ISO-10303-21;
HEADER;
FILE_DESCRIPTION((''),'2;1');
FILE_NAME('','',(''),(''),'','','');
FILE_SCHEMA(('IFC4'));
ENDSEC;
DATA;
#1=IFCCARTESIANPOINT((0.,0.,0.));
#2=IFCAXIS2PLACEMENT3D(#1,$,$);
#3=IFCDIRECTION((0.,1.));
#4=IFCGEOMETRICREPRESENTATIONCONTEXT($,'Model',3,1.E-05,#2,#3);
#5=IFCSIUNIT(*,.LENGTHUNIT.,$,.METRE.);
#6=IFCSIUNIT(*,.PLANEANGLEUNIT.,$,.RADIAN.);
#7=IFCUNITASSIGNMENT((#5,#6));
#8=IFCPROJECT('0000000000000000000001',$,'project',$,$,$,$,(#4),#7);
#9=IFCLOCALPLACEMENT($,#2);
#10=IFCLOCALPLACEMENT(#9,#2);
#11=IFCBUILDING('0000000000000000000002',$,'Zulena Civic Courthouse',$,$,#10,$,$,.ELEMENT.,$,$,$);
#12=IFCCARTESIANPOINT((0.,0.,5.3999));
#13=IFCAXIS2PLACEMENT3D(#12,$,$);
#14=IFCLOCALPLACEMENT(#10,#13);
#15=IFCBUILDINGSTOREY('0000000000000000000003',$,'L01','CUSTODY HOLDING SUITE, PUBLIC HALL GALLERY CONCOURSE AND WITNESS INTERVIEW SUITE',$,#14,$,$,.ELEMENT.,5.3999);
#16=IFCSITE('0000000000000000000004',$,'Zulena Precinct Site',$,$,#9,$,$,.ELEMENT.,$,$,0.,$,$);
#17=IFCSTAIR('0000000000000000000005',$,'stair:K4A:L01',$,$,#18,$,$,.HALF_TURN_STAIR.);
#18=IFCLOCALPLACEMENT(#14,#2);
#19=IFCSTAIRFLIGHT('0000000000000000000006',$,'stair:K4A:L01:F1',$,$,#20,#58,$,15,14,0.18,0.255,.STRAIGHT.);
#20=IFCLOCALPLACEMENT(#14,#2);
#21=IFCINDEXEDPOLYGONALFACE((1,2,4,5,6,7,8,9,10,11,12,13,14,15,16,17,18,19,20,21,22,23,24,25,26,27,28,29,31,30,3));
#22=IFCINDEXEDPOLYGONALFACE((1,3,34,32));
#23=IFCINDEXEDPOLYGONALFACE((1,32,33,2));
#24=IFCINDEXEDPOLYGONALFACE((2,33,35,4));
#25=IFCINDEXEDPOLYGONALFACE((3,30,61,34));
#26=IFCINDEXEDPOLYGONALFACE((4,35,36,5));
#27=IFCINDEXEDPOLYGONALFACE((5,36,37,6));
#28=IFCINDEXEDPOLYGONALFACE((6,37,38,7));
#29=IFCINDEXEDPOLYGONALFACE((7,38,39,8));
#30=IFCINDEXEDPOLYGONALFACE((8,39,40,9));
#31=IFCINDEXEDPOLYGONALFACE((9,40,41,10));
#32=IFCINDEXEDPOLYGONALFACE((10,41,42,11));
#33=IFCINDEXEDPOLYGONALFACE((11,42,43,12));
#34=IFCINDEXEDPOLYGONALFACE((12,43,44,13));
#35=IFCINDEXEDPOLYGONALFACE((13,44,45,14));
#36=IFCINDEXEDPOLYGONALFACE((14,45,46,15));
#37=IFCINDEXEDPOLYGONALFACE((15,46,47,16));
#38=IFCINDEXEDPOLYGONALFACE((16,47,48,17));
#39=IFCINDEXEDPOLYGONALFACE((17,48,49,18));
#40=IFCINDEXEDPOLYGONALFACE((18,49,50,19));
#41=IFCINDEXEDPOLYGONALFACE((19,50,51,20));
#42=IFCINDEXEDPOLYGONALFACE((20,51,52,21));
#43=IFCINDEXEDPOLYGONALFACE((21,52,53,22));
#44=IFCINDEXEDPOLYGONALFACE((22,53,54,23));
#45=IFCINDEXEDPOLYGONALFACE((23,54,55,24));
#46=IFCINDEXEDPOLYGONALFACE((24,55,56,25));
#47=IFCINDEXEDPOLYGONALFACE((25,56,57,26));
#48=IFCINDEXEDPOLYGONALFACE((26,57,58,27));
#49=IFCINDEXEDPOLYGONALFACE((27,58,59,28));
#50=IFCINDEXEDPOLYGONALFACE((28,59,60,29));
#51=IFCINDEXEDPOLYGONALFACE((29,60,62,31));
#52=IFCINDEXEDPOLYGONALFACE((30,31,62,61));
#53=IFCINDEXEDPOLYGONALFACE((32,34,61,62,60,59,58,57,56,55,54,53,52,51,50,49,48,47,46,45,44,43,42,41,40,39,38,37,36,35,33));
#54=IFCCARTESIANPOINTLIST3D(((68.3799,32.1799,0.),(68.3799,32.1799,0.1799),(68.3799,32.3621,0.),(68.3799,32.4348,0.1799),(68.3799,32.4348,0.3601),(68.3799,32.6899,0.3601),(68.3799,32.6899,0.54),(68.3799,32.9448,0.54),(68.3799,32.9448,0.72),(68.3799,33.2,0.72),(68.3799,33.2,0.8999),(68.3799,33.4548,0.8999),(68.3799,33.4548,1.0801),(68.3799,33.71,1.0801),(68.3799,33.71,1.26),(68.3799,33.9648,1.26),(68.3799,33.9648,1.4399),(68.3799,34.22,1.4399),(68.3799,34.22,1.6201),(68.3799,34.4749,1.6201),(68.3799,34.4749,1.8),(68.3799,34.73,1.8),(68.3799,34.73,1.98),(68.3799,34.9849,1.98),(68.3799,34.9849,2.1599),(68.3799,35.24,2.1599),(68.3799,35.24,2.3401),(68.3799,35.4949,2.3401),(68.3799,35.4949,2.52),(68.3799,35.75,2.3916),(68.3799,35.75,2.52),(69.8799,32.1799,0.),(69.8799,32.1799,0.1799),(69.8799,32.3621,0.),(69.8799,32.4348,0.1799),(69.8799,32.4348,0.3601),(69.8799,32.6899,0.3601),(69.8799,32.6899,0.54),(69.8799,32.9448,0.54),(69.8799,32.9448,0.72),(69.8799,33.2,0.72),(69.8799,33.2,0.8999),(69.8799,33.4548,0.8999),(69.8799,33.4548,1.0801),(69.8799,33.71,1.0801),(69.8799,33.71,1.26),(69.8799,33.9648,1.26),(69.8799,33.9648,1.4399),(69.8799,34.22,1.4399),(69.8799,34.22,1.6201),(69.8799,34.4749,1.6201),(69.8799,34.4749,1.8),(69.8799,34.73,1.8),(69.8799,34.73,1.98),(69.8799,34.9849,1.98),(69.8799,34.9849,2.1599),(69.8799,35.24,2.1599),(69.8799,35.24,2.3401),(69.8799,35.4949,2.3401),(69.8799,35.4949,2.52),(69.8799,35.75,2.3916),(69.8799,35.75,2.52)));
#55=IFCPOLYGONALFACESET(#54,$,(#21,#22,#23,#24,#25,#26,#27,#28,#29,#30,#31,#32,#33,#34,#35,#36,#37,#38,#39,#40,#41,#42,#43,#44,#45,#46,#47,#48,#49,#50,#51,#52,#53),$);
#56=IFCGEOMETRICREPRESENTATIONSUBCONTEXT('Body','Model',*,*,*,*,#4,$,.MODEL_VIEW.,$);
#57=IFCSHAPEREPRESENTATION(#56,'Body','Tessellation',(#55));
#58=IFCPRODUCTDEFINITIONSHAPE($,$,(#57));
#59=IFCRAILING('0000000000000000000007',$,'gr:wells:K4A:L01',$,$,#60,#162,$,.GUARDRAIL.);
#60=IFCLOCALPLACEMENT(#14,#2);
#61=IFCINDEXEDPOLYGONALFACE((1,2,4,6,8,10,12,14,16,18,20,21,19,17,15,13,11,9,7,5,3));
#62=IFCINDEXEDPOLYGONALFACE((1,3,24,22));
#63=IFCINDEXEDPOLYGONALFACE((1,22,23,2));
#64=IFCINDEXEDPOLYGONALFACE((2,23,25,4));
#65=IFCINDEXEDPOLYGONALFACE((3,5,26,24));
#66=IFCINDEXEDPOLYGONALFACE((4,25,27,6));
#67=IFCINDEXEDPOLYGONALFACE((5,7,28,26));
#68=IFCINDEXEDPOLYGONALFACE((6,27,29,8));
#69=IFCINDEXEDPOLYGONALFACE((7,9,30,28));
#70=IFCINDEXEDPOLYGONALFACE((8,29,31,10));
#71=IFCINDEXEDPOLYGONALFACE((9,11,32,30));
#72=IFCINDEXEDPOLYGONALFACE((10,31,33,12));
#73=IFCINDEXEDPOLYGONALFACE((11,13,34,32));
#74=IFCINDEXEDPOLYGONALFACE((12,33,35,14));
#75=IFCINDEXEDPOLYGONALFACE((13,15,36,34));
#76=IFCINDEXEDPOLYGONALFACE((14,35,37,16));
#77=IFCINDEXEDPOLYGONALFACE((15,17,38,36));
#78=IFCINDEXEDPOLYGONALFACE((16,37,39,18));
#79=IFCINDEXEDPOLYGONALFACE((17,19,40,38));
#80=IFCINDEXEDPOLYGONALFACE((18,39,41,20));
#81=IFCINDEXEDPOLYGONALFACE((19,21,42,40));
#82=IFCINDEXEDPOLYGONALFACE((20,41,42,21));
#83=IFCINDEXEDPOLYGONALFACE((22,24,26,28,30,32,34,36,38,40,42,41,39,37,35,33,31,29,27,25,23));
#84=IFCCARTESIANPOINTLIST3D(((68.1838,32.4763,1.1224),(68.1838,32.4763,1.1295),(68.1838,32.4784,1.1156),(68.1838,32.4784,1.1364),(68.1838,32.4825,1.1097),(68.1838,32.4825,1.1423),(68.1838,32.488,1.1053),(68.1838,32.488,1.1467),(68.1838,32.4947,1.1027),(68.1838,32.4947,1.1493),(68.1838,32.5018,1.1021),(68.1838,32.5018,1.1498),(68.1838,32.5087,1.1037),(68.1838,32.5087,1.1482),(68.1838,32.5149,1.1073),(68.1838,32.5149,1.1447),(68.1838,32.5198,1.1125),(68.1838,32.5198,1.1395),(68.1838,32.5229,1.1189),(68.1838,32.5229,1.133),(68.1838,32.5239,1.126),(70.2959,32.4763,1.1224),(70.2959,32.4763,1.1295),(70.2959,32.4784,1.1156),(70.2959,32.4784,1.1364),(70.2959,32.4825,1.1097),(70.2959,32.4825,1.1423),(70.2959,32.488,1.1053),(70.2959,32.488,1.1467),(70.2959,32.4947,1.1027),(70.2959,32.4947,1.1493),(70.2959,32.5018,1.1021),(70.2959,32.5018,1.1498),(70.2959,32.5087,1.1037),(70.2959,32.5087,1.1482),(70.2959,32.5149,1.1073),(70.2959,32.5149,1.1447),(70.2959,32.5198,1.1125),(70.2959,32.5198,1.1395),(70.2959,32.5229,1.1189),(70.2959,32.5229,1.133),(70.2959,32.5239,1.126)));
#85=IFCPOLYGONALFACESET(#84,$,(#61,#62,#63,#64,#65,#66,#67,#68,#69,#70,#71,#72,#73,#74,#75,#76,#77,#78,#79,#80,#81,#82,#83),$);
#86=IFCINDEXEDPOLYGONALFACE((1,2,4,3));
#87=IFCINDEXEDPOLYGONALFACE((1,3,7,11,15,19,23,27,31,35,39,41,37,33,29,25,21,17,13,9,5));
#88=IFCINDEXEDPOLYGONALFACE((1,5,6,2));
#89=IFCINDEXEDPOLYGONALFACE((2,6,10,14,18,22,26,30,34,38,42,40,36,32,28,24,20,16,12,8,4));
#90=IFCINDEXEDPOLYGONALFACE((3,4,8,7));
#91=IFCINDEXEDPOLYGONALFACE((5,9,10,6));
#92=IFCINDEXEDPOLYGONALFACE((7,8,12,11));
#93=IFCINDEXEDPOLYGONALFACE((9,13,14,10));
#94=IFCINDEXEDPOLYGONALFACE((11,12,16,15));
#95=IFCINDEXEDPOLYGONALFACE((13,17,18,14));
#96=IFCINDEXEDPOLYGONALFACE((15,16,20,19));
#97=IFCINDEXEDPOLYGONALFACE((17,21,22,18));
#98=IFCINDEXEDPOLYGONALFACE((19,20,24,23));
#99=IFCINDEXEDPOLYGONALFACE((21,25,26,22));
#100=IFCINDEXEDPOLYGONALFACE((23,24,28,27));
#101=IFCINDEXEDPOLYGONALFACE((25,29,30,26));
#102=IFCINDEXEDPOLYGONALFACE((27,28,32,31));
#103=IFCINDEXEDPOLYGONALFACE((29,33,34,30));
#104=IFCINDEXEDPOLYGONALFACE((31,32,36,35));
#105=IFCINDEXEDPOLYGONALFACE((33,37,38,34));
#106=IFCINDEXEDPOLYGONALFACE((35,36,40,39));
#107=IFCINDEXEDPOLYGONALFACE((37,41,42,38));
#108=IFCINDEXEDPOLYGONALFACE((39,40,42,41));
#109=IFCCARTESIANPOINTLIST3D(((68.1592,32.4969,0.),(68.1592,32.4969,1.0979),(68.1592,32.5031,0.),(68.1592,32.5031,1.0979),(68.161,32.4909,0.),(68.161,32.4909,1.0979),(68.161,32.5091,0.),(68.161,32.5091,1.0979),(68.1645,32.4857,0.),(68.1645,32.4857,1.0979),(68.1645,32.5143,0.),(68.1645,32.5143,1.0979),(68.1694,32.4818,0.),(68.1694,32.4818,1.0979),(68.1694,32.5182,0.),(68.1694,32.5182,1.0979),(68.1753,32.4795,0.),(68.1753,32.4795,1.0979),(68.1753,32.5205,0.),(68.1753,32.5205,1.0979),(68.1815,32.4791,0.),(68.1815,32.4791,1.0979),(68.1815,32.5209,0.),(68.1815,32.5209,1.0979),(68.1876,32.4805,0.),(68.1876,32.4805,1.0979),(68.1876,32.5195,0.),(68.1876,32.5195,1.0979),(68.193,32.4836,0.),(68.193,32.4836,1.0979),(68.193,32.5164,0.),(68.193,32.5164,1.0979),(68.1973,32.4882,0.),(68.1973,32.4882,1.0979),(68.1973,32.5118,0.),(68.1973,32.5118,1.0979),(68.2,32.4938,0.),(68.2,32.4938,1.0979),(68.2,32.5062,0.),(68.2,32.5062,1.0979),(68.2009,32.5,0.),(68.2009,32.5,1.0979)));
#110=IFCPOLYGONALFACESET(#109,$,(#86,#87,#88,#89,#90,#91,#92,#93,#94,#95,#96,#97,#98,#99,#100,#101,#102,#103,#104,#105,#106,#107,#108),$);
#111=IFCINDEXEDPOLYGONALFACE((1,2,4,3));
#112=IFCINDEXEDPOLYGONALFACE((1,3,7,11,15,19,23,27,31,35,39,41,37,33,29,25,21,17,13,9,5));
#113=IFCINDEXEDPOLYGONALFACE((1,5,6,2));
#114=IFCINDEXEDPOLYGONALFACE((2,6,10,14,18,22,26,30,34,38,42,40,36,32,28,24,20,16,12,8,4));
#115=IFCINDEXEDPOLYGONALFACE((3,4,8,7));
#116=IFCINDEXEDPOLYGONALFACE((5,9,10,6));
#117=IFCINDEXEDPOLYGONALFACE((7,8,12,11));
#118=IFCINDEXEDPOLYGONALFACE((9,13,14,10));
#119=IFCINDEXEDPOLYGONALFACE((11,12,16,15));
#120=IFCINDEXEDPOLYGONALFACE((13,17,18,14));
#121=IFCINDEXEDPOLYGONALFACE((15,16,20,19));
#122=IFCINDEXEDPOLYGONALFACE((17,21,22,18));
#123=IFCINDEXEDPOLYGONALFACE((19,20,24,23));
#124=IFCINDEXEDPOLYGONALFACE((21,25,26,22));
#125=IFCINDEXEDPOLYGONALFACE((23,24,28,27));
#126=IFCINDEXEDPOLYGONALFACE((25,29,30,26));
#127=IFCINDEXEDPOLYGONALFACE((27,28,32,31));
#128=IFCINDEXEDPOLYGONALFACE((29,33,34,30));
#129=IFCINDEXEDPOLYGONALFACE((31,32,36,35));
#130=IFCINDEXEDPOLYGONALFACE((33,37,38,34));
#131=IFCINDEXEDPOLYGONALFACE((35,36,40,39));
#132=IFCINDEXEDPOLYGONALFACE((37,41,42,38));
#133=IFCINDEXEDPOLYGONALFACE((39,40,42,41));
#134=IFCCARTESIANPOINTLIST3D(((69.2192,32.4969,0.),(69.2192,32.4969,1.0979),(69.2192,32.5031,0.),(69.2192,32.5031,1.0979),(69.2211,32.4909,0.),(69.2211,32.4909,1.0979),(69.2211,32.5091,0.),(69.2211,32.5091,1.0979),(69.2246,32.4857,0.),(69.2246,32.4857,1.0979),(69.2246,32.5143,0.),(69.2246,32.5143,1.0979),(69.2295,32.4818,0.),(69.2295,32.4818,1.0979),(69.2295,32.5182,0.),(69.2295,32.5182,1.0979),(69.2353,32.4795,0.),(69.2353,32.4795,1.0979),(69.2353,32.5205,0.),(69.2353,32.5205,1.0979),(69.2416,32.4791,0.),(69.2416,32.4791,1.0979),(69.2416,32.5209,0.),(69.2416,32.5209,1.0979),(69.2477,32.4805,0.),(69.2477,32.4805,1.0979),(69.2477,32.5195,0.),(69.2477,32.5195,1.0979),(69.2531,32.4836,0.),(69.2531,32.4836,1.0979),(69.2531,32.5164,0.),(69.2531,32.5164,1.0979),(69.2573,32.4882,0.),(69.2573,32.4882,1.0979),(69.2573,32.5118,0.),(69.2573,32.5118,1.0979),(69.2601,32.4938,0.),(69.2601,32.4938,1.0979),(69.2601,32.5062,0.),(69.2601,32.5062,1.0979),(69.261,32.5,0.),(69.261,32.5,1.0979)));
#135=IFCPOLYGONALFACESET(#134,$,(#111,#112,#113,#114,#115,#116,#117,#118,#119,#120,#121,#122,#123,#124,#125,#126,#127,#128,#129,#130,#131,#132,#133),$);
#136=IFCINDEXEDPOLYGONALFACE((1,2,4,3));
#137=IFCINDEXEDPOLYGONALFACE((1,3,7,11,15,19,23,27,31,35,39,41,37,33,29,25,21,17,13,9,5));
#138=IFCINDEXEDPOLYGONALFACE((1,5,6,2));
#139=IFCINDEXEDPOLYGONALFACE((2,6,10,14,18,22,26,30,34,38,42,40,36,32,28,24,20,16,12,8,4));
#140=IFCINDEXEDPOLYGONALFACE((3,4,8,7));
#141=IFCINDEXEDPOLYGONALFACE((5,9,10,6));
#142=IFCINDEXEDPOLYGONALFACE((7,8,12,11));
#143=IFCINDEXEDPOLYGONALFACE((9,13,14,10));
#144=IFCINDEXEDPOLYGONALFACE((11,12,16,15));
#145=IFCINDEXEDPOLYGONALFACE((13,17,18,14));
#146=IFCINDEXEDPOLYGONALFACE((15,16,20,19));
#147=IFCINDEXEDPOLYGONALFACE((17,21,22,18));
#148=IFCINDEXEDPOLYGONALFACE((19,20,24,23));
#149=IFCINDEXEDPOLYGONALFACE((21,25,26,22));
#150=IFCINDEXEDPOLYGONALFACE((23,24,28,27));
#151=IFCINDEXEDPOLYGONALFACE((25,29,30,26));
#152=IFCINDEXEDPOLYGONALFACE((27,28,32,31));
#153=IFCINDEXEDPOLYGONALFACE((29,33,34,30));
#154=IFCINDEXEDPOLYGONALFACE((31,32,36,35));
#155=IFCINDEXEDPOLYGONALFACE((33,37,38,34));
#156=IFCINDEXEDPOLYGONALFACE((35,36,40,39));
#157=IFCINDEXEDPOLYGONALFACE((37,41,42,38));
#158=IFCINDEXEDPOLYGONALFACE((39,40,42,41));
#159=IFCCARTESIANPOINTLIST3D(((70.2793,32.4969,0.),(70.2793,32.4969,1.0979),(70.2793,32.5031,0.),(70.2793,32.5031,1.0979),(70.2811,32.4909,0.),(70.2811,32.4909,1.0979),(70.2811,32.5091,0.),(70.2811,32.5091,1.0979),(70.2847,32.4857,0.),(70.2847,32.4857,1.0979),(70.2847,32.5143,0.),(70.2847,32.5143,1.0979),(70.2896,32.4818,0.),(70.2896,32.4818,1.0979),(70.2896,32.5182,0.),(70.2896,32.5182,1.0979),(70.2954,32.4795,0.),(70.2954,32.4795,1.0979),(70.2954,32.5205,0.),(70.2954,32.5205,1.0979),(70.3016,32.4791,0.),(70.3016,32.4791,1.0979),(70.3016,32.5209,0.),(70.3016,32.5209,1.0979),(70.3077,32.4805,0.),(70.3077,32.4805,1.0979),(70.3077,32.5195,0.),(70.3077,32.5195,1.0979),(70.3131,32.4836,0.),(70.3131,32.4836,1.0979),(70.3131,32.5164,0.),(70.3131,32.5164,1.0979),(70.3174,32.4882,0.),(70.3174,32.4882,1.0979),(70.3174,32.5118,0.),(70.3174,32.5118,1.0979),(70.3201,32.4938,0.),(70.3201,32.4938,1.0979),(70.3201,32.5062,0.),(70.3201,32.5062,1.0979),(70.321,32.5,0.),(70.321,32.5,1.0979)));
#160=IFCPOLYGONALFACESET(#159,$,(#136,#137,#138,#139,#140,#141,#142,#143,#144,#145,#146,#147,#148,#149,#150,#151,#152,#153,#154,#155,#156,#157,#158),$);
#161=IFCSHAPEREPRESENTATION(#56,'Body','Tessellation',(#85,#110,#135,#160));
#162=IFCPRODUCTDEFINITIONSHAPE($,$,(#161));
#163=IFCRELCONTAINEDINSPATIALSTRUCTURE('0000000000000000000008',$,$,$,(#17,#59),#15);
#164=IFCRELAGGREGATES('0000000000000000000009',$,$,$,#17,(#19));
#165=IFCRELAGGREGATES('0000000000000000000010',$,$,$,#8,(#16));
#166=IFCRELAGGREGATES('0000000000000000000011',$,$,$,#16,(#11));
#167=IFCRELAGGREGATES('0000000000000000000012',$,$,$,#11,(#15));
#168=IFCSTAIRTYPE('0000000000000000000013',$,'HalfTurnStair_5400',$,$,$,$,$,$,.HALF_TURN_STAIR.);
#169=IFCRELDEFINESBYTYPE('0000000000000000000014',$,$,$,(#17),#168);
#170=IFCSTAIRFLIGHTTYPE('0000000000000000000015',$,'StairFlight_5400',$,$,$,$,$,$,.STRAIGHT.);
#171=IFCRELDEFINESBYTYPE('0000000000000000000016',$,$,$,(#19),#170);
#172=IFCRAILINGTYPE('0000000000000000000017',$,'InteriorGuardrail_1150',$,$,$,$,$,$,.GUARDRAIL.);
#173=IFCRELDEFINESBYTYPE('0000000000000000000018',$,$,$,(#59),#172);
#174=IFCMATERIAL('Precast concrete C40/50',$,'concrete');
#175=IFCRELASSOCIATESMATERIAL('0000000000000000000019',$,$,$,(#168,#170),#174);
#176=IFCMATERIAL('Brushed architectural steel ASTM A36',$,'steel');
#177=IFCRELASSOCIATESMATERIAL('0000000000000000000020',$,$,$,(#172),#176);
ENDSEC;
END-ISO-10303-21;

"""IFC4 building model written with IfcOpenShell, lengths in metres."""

from ifc_helpers import new_model, si_unit, direction, frame, origin, origin_2d, place, context, subcontext, project, spatial, polyline, circle, outline, extrude, material, type_object, element, aggregate, save


model = new_model("IFC4")

# Units and contexts
model_context = context("Model", 3, precision=1e-05, world=origin(), true_north=direction((0.0, 1.0)))
body_context = subcontext(model_context, "Body", "Model", "MODEL_VIEW")
ifc_project = project(units=[si_unit("LENGTHUNIT", "METRE"), si_unit("PLANEANGLEUNIT", "RADIAN")], contexts=[model_context])

# Site, building, storey
site_placement = place(None, origin())
site = spatial("IfcSite", under=ifc_project, at=site_placement, Name="Zulena Precinct Site", CompositionType="ELEMENT", RefElevation=0.0)
building_placement = place(site_placement, origin())
building = spatial("IfcBuilding", under=site, at=building_placement, Name="Zulena Civic Courthouse", CompositionType="ELEMENT")
storey_placement = place(building_placement, frame((0.0, 0.0, 5.3999)))
storey = spatial("IfcBuildingStorey", under=building, at=storey_placement, Name="L01", Description="CUSTODY HOLDING SUITE, PUBLIC HALL GALLERY CONCOURSE AND WITNESS INTERVIEW SUITE", CompositionType="ELEMENT", Elevation=5.3999)

# Stair, stair flight
ifc_material_1 = material(Name="Precast concrete C40/50", Category="concrete")
stair_type = type_object("IfcStairType", Name="HalfTurnStair_5400", PredefinedType="HALF_TURN_STAIR", material=ifc_material_1)
stair_placement = place(storey_placement, origin())
stair = element("IfcStair", 1, at=stair_placement, inside=storey, type_object=stair_type, Name="stair:K4A:L01", PredefinedType="HALF_TURN_STAIR")
stair_flight_type = type_object("IfcStairFlightType", Name="StairFlight_5400", PredefinedType="STRAIGHT", material=ifc_material_1)
stair_flight_placement = place(storey_placement, frame((69.1299, 32.1799, 0.0), z_axis=(0.0, 0.0, 1.0), x_axis=(0.0, 1.0, 0.0)))
stair_flight = element("IfcStairFlight", 2, at=stair_flight_placement, type_object=stair_flight_type, Name="stair:K4A:L01:F1", NumberOfRisers=15, NumberOfTreads=14, PredefinedType="STRAIGHT", RiserHeight=0.18, TreadLength=0.255, context=body_context, shape_type="SweptSolid", body=[
    extrude(outline(polyline([(0.0, 0.0), (0.0, 0.1799), (0.2549, 0.1799), (0.2549, 0.3601), (0.51, 0.3601), (0.51, 0.54), (0.7649, 0.54), (0.7649, 0.72), (1.02, 0.72), (1.02, 0.8999), (1.2749, 0.8999), (1.2749, 1.0801), (1.53, 1.0801), (1.53, 1.26), (1.7849, 1.26), (1.7849, 1.4399), (2.04, 1.4399), (2.04, 1.6201), (2.2949, 1.6201), (2.2949, 1.8), (2.55, 1.8), (2.55, 1.98), (2.8049, 1.98), (2.8049, 2.1599), (3.0601, 2.1599), (3.0601, 2.3401), (3.3149, 2.3401), (3.3149, 2.52), (3.5701, 2.52), (3.5701, 2.7), (3.5701, 2.3916), (0.1821, 0.0), (0.0, 0.0)])), frame((0.0, 0.75, 0.0), z_axis=(0.0, -1.0, 0.0), x_axis=(1.0, 0.0, 0.0)), (0.0, 0.0, 1.0), 1.5),
])
aggregate(stair, [stair_flight])

# Railing
ifc_material_2 = material(Name="Brushed architectural steel ASTM A36", Category="steel")
railing_type_1 = type_object("IfcRailingType", Name="InteriorGuardrail_1150", PredefinedType="GUARDRAIL", material=ifc_material_2)
railing_1_placement = place(storey_placement, frame((68.1799, 32.5, 0.0)))
element("IfcRailing", 3, at=railing_1_placement, inside=storey, type_object=railing_type_1, Name="gr:wells:K4A:L01", PredefinedType="GUARDRAIL", context=body_context, shape_type="SweptSolid", body=[
    extrude(circle(Radius=0.0239, at=origin_2d()), frame((0.0039, 0.0, 1.126), z_axis=(1.0, 0.0, 0.0), x_axis=(0.0, 1.0, 0.0)), (0.0, 0.0, 1.0), 2.1121),
    extrude(circle(Radius=0.021, at=origin_2d()), origin(), (0.0, 0.0, 1.0), 1.0979),
    extrude(circle(Radius=0.021, at=origin_2d()), frame((1.0601, 0.0, 0.0)), (0.0, 0.0, 1.0), 1.0979),
    extrude(circle(Radius=0.021, at=origin_2d()), frame((2.1201, 0.0, 0.0)), (0.0, 0.0, 1.0), 1.0979),
])

save(model, "model.ifc")
